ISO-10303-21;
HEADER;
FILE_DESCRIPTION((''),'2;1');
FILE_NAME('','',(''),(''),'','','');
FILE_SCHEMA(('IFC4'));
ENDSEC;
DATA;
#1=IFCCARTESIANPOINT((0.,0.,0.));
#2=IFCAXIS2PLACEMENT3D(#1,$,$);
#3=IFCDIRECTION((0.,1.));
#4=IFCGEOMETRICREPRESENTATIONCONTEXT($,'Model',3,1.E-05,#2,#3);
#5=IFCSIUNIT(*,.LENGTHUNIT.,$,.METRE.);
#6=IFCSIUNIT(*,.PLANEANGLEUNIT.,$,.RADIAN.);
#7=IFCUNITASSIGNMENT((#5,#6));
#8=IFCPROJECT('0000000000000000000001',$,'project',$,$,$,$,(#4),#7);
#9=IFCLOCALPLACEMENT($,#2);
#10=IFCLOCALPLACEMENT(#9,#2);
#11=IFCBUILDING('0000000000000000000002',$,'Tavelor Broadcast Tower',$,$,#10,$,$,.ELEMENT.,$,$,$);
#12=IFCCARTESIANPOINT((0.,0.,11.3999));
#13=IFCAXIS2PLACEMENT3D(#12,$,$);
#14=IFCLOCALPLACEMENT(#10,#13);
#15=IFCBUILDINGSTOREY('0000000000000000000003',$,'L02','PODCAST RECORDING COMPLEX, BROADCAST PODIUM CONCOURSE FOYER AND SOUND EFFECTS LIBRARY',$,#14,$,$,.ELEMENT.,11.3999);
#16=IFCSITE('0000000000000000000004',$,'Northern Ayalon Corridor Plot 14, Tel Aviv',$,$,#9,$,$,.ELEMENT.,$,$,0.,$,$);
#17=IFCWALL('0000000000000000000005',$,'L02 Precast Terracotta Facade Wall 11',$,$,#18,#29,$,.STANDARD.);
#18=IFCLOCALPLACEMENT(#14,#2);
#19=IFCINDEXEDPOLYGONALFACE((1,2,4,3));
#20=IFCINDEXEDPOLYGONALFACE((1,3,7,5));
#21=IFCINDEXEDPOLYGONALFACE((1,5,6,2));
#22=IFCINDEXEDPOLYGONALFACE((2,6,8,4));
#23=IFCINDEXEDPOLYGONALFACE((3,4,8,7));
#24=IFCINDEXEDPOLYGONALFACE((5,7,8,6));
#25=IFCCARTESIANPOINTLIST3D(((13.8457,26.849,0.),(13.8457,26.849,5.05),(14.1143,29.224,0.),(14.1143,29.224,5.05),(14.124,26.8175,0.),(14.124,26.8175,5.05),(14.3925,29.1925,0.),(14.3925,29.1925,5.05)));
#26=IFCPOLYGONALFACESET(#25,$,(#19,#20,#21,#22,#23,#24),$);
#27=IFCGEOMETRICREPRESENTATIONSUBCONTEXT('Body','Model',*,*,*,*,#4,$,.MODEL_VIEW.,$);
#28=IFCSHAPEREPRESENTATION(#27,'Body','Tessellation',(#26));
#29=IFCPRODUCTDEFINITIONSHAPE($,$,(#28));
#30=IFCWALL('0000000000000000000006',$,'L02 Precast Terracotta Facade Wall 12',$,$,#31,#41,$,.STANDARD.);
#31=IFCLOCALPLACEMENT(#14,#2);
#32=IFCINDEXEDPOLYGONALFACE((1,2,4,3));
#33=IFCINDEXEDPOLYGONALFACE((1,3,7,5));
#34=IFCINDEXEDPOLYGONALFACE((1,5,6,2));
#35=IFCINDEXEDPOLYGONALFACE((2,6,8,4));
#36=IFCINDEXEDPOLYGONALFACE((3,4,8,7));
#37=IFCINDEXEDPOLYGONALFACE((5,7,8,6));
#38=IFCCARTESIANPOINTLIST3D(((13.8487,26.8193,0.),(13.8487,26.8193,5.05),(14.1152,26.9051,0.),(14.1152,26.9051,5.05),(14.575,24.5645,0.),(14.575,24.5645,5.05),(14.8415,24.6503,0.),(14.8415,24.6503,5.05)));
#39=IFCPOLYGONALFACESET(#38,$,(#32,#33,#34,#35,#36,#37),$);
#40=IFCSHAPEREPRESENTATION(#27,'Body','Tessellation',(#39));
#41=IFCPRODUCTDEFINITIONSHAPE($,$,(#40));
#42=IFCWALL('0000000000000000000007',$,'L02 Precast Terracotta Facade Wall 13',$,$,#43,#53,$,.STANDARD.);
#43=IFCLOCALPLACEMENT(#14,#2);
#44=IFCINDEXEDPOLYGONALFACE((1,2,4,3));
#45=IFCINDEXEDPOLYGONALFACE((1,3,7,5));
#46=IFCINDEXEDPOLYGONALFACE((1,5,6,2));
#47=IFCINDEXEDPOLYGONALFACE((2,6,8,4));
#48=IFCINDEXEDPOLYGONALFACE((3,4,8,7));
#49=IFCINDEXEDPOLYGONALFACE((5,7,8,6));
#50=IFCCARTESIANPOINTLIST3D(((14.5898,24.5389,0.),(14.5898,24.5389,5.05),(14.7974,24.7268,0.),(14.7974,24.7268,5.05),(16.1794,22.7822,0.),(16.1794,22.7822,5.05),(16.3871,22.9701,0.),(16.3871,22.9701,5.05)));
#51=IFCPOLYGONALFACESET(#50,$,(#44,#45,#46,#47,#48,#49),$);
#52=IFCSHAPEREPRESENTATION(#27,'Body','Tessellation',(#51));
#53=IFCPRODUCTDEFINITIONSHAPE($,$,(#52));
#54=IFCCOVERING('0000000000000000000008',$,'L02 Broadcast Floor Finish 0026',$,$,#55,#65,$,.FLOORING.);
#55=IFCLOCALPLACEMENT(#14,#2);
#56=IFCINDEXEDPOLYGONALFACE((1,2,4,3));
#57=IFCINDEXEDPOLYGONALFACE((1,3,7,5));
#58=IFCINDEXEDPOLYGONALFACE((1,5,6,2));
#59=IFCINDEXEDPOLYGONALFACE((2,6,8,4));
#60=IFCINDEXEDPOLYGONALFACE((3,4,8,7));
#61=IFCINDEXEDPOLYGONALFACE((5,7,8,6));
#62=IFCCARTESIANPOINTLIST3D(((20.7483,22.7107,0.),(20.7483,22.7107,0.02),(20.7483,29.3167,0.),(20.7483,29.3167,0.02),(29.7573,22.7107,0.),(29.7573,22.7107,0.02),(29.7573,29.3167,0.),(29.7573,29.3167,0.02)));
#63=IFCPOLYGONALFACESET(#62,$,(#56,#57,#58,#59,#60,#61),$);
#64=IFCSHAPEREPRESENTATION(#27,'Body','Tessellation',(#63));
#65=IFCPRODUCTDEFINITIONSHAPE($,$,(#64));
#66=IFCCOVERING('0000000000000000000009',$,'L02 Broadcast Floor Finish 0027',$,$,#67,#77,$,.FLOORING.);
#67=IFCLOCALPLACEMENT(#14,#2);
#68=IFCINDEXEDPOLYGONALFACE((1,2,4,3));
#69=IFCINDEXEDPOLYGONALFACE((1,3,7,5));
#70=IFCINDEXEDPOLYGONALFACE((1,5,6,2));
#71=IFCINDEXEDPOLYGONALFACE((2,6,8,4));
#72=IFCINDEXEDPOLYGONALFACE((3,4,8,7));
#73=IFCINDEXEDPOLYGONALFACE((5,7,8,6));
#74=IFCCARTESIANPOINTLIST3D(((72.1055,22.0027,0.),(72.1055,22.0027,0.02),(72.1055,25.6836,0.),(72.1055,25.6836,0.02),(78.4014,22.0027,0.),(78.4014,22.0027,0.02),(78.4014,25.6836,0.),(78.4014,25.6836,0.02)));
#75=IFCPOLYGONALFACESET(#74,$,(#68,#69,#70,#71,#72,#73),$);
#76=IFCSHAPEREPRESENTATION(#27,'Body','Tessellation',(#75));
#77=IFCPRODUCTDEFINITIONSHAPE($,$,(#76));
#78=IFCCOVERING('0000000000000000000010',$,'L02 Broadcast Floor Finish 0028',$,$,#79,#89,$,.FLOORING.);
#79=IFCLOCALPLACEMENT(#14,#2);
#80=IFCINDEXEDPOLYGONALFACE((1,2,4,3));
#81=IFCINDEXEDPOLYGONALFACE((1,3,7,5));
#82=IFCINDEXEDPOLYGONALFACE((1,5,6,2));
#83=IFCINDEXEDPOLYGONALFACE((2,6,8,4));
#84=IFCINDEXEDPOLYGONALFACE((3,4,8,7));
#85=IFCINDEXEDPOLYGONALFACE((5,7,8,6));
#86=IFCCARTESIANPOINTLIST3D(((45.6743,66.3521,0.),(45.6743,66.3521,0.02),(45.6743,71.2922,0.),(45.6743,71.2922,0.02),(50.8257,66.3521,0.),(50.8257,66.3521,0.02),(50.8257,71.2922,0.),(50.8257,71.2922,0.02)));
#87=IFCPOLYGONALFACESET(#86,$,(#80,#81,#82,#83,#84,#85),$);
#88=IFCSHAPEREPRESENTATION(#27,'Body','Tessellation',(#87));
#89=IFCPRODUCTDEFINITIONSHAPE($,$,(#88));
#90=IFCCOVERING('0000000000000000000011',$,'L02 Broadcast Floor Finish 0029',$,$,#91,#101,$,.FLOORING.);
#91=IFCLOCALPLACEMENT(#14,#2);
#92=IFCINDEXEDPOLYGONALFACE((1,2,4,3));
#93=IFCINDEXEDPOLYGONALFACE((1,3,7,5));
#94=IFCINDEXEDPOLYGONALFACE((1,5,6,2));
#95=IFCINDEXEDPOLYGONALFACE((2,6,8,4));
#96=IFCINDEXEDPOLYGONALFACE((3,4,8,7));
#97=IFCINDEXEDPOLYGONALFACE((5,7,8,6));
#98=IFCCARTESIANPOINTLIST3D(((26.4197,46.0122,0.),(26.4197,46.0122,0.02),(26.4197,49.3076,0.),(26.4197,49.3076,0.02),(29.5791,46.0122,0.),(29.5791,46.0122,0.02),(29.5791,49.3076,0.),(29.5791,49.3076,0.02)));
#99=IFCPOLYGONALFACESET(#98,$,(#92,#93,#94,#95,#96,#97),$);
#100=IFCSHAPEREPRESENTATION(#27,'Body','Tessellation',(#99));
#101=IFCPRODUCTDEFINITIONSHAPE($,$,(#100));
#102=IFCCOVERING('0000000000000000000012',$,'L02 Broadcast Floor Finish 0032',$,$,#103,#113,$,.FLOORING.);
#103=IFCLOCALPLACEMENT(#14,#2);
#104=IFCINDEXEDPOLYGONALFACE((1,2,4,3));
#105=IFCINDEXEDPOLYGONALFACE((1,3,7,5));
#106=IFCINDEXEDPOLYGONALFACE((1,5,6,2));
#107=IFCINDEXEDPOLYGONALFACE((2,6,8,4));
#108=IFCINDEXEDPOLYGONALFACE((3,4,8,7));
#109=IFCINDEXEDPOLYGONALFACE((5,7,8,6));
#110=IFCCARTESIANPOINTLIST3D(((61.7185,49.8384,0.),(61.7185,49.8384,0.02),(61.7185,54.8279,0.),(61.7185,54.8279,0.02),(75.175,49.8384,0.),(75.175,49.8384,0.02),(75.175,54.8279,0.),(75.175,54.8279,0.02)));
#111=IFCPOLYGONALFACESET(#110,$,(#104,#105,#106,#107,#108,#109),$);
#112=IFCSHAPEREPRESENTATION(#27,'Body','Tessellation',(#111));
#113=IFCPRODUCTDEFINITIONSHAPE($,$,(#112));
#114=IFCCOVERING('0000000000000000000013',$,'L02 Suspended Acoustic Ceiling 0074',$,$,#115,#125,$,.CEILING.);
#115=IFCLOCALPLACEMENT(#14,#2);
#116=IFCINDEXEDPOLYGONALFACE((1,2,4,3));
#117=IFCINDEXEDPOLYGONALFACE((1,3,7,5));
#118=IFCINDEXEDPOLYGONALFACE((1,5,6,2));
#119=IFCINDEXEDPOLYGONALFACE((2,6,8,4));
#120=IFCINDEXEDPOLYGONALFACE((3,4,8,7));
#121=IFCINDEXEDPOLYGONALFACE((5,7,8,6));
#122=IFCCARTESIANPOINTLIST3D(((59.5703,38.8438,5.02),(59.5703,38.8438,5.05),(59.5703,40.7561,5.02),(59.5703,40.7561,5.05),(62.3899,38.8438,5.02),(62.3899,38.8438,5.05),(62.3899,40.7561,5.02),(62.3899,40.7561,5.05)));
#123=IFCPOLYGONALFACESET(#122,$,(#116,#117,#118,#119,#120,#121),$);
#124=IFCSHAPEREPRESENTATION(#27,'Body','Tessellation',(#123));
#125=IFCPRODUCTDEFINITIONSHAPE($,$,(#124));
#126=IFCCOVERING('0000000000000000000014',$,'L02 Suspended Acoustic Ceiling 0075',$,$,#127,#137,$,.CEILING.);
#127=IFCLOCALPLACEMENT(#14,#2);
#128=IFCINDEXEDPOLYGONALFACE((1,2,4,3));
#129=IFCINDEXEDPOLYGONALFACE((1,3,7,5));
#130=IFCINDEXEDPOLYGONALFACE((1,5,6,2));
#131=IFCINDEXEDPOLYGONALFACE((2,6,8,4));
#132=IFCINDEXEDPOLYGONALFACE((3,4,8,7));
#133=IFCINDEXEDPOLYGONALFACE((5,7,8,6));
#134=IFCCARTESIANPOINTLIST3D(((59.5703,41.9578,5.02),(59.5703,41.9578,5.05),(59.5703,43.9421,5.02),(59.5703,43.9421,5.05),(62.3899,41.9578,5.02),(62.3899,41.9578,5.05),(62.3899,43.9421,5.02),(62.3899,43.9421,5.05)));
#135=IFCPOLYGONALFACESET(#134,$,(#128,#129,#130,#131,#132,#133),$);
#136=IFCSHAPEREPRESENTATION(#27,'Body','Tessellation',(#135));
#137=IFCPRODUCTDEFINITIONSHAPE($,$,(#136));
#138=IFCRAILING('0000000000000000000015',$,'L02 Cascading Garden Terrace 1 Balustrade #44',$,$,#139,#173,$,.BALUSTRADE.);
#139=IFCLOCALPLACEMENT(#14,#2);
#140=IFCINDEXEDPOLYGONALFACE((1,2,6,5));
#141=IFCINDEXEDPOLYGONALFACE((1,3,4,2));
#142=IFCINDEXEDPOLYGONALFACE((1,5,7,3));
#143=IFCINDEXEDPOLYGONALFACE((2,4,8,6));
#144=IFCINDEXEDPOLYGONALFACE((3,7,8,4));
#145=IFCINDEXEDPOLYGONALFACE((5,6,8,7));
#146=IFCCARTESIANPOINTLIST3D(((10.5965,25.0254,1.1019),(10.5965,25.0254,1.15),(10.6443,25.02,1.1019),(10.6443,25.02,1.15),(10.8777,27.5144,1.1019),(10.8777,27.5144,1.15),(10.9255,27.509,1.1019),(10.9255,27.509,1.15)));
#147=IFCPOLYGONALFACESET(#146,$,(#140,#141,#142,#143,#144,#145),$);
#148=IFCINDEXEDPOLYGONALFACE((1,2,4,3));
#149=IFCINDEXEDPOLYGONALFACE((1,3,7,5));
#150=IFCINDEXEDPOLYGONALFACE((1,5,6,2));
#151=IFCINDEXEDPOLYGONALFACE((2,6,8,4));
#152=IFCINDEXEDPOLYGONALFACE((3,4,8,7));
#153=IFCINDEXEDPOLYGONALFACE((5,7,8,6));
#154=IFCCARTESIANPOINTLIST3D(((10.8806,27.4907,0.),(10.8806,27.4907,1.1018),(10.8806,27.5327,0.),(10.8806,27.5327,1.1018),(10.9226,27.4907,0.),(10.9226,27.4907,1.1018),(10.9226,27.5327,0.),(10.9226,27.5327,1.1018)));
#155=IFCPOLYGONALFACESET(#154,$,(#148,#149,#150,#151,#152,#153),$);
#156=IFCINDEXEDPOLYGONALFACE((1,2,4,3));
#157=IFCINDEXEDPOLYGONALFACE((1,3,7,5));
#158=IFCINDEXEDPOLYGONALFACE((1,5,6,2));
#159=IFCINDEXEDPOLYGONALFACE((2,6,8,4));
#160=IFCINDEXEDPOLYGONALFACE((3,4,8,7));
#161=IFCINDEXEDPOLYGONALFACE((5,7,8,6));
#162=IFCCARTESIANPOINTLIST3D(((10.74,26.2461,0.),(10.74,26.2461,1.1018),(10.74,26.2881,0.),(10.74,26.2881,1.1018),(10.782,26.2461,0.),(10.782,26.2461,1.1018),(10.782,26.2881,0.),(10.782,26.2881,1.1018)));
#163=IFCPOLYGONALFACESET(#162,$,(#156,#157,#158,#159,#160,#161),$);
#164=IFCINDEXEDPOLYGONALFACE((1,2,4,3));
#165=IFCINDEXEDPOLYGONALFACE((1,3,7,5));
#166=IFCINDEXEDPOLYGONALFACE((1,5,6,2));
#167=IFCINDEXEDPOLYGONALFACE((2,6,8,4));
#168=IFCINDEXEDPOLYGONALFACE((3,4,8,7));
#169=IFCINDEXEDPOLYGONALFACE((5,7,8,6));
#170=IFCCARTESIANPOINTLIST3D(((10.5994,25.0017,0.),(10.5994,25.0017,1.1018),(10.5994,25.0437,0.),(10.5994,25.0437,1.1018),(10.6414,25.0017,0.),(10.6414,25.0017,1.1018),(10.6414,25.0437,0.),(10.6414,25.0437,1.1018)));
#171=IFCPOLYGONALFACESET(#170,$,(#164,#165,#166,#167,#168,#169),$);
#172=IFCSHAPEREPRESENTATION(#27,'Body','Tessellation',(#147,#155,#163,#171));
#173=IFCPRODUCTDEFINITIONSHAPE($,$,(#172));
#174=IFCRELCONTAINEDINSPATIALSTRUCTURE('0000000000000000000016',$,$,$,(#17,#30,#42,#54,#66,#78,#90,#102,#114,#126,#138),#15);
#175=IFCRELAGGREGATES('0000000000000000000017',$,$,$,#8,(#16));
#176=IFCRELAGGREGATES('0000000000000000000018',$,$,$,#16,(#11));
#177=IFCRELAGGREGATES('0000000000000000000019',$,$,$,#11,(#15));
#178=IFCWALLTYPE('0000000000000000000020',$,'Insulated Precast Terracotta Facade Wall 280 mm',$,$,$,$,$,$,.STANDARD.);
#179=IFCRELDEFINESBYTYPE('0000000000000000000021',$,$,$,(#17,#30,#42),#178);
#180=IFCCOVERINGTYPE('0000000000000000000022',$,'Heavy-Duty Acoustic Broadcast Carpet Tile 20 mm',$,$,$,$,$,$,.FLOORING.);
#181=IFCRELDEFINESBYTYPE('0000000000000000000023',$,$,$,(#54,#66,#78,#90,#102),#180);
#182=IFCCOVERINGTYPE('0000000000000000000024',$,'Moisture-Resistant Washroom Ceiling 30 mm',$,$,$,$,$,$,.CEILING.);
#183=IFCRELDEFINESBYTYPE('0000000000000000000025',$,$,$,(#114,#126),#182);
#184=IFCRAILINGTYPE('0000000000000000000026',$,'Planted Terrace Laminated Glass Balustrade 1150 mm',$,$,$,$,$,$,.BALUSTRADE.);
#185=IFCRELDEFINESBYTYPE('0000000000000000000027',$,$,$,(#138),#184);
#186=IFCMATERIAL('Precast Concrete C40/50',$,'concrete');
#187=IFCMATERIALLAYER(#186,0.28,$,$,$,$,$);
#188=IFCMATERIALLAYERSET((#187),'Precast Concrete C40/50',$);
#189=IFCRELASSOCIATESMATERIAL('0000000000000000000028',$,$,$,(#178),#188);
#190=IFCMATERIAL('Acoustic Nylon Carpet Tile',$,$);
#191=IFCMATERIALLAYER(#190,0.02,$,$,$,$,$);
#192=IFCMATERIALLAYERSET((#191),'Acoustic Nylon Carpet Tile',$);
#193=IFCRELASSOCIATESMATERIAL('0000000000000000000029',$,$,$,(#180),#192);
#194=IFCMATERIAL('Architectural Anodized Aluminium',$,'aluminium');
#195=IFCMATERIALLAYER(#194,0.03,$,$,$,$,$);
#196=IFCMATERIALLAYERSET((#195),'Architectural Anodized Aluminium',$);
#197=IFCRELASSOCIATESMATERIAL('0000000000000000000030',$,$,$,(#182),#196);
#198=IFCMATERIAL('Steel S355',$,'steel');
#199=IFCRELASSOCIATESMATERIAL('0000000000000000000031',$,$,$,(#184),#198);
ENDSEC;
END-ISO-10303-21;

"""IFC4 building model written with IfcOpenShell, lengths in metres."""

from ifc_helpers import new_model, si_unit, direction, frame, frame_2d, origin, origin_2d, place, context, subcontext, project, spatial, polyline, rectangle, outline, extrude, material, layer, layer_set, type_object, element, save


model = new_model("IFC4")

# Units and contexts
model_context = context("Model", 3, precision=1e-05, world=origin(), true_north=direction((0.0, 1.0)))
body_context = subcontext(model_context, "Body", "Model", "MODEL_VIEW")
ifc_project = project(units=[si_unit("LENGTHUNIT", "METRE"), si_unit("PLANEANGLEUNIT", "RADIAN")], contexts=[model_context])

# Site, building, storey
site_placement = place(None, origin())
site = spatial("IfcSite", under=ifc_project, at=site_placement, Name="Northern Ayalon Corridor Plot 14, Tel Aviv", CompositionType="ELEMENT", RefElevation=0.0)
building_placement = place(site_placement, origin())
building = spatial("IfcBuilding", under=site, at=building_placement, Name="Tavelor Broadcast Tower", CompositionType="ELEMENT")
storey_placement = place(building_placement, frame((0.0, 0.0, 11.3999)))
storey = spatial("IfcBuildingStorey", under=building, at=storey_placement, Name="L02", Description="PODCAST RECORDING COMPLEX, BROADCAST PODIUM CONCOURSE FOYER AND SOUND EFFECTS LIBRARY", CompositionType="ELEMENT", Elevation=11.3999)

# Walls
ifc_material_1 = material(Name="Precast Concrete C40/50", Category="concrete")
ifc_layer_1 = layer(ifc_material_1, 0.28)
ifc_layer_set_1 = layer_set([ifc_layer_1], Name="Precast Concrete C40/50")
wall_type = type_object("IfcWallType", Name="Insulated Precast Terracotta Facade Wall 280 mm", PredefinedType="STANDARD", material=ifc_layer_set_1)
wall_1_placement = place(storey_placement, frame((14.2534, 29.2083, 0.0), z_axis=(0.0, 0.0, 1.0), x_axis=(-0.11236, -0.993668, 0.0)))
element("IfcWall", 1, at=wall_1_placement, inside=storey, type_object=wall_type, Name="L02 Precast Terracotta Facade Wall 11", PredefinedType="STANDARD", context=body_context, shape_type="SweptSolid", body=[
    extrude(rectangle(XDim=2.3901, YDim=0.28, at=frame_2d((1.1951, 0.0))), origin(), (0.0, 0.0, 1.0), 5.05),
])
wall_2_placement = place(storey_placement, frame((13.9819, 26.8623, 0.0), z_axis=(0.0, 0.0, 1.0), x_axis=(0.306596, -0.95184, 0.0)))
element("IfcWall", 2, at=wall_2_placement, inside=storey, type_object=wall_type, Name="L02 Precast Terracotta Facade Wall 12", PredefinedType="STANDARD", context=body_context, shape_type="SweptSolid", body=[
    extrude(rectangle(XDim=2.3689, YDim=0.28, at=frame_2d((1.1846, 0.0))), origin(), (0.0, 0.0, 1.0), 5.05),
])
wall_3_placement = place(storey_placement, frame((14.6936, 24.6328, 0.0), z_axis=(0.0, 0.0, 1.0), x_axis=(0.670983, -0.741472, 0.0)))
element("IfcWall", 3, at=wall_3_placement, inside=storey, type_object=wall_type, Name="L02 Precast Terracotta Facade Wall 13", PredefinedType="STANDARD", context=body_context, shape_type="SweptSolid", body=[
    extrude(rectangle(XDim=2.3691, YDim=0.28, at=frame_2d((1.1846, 0.0))), origin(), (0.0, 0.0, 1.0), 5.05),
])

# Coverings
ifc_material_2 = material(Name="Acoustic Nylon Carpet Tile")
ifc_layer_2 = layer(ifc_material_2, 0.02)
ifc_layer_set_2 = layer_set([ifc_layer_2], Name="Acoustic Nylon Carpet Tile")
covering_type_1 = type_object("IfcCoveringType", Name="Heavy-Duty Acoustic Broadcast Carpet Tile 20 mm", PredefinedType="FLOORING", material=ifc_layer_set_2)
covering_1_placement = place(storey_placement, origin())
element("IfcCovering", 4, at=covering_1_placement, inside=storey, type_object=covering_type_1, Name="L02 Broadcast Floor Finish 0026", PredefinedType="FLOORING", context=body_context, shape_type="SweptSolid", body=[
    extrude(outline(polyline([(20.7483, 22.7107), (29.7573, 22.7107), (29.7573, 29.3167), (20.7483, 29.3167), (20.7483, 22.7107)])), origin(), (0.0, 0.0, 1.0), 0.02),
])
covering_2_placement = place(storey_placement, origin())
element("IfcCovering", 5, at=covering_2_placement, inside=storey, type_object=covering_type_1, Name="L02 Broadcast Floor Finish 0027", PredefinedType="FLOORING", context=body_context, shape_type="SweptSolid", body=[
    extrude(outline(polyline([(72.1055, 22.0027), (78.4014, 22.0027), (78.4014, 25.6836), (72.1055, 25.6836), (72.1055, 22.0027)])), origin(), (0.0, 0.0, 1.0), 0.02),
])
covering_3_placement = place(storey_placement, origin())
element("IfcCovering", 6, at=covering_3_placement, inside=storey, type_object=covering_type_1, Name="L02 Broadcast Floor Finish 0028", PredefinedType="FLOORING", context=body_context, shape_type="SweptSolid", body=[
    extrude(outline(polyline([(45.6743, 66.3521), (50.8257, 66.3521), (50.8257, 71.2922), (45.6743, 71.2922), (45.6743, 66.3521)])), origin(), (0.0, 0.0, 1.0), 0.02),
])
covering_4_placement = place(storey_placement, origin())
element("IfcCovering", 7, at=covering_4_placement, inside=storey, type_object=covering_type_1, Name="L02 Broadcast Floor Finish 0029", PredefinedType="FLOORING", context=body_context, shape_type="SweptSolid", body=[
    extrude(outline(polyline([(26.4197, 46.0122), (29.5791, 46.0122), (29.5791, 49.3076), (26.4197, 49.3076), (26.4197, 46.0122)])), origin(), (0.0, 0.0, 1.0), 0.02),
])
covering_5_placement = place(storey_placement, origin())
element("IfcCovering", 8, at=covering_5_placement, inside=storey, type_object=covering_type_1, Name="L02 Broadcast Floor Finish 0032", PredefinedType="FLOORING", context=body_context, shape_type="SweptSolid", body=[
    extrude(outline(polyline([(61.7185, 49.8384), (75.175, 49.8384), (75.175, 54.8279), (61.7185, 54.8279), (61.7185, 49.8384)])), origin(), (0.0, 0.0, 1.0), 0.02),
])
ifc_material_3 = material(Name="Architectural Anodized Aluminium", Category="aluminium")
ifc_layer_3 = layer(ifc_material_3, 0.03)
ifc_layer_set_3 = layer_set([ifc_layer_3], Name="Architectural Anodized Aluminium")
covering_type_2 = type_object("IfcCoveringType", Name="Moisture-Resistant Washroom Ceiling 30 mm", PredefinedType="CEILING", material=ifc_layer_set_3)
covering_6_placement = place(storey_placement, frame((0.0, 0.0, 5.02)))
element("IfcCovering", 9, at=covering_6_placement, inside=storey, type_object=covering_type_2, Name="L02 Suspended Acoustic Ceiling 0074", PredefinedType="CEILING", context=body_context, shape_type="SweptSolid", body=[
    extrude(outline(polyline([(59.5703, 38.8438), (62.3899, 38.8438), (62.3899, 40.7561), (59.5703, 40.7561), (59.5703, 38.8438)])), origin(), (0.0, 0.0, 1.0), 0.03),
])
covering_7_placement = place(storey_placement, frame((0.0, 0.0, 5.02)))
element("IfcCovering", 10, at=covering_7_placement, inside=storey, type_object=covering_type_2, Name="L02 Suspended Acoustic Ceiling 0075", PredefinedType="CEILING", context=body_context, shape_type="SweptSolid", body=[
    extrude(outline(polyline([(59.5703, 41.9578), (62.3899, 41.9578), (62.3899, 43.9421), (59.5703, 43.9421), (59.5703, 41.9578)])), origin(), (0.0, 0.0, 1.0), 0.03),
])

# Railing
ifc_material_4 = material(Name="Steel S355", Category="steel")
railing_type = type_object("IfcRailingType", Name="Planted Terrace Laminated Glass Balustrade 1150 mm", PredefinedType="BALUSTRADE", material=ifc_material_4)
railing_1_placement = place(storey_placement, frame((10.9016, 27.5117, 0.0)))
element("IfcRailing", 11, at=railing_1_placement, inside=storey, type_object=railing_type, Name="L02 Cascading Garden Terrace 1 Balustrade #44", PredefinedType="BALUSTRADE", context=body_context, shape_type="SweptSolid", body=[
    extrude(rectangle(XDim=0.0481, YDim=0.0481, at=origin_2d()), frame((0.0, 0.0, 1.126), z_axis=(-0.112282, -0.993676, 0.0), x_axis=(0.993676, -0.112282, 0.0)), (0.0, 0.0, 1.0), 2.5049),
    extrude(rectangle(XDim=0.042, YDim=0.042, at=origin_2d()), origin(), (0.0, 0.0, 1.0), 1.1018),
    extrude(rectangle(XDim=0.042, YDim=0.042, at=origin_2d()), frame((-0.1406, -1.2446, 0.0)), (0.0, 0.0, 1.0), 1.1018),
    extrude(rectangle(XDim=0.042, YDim=0.042, at=origin_2d()), frame((-0.2812, -2.489, 0.0)), (0.0, 0.0, 1.0), 1.1018),
])

save(model, "model.ifc")
